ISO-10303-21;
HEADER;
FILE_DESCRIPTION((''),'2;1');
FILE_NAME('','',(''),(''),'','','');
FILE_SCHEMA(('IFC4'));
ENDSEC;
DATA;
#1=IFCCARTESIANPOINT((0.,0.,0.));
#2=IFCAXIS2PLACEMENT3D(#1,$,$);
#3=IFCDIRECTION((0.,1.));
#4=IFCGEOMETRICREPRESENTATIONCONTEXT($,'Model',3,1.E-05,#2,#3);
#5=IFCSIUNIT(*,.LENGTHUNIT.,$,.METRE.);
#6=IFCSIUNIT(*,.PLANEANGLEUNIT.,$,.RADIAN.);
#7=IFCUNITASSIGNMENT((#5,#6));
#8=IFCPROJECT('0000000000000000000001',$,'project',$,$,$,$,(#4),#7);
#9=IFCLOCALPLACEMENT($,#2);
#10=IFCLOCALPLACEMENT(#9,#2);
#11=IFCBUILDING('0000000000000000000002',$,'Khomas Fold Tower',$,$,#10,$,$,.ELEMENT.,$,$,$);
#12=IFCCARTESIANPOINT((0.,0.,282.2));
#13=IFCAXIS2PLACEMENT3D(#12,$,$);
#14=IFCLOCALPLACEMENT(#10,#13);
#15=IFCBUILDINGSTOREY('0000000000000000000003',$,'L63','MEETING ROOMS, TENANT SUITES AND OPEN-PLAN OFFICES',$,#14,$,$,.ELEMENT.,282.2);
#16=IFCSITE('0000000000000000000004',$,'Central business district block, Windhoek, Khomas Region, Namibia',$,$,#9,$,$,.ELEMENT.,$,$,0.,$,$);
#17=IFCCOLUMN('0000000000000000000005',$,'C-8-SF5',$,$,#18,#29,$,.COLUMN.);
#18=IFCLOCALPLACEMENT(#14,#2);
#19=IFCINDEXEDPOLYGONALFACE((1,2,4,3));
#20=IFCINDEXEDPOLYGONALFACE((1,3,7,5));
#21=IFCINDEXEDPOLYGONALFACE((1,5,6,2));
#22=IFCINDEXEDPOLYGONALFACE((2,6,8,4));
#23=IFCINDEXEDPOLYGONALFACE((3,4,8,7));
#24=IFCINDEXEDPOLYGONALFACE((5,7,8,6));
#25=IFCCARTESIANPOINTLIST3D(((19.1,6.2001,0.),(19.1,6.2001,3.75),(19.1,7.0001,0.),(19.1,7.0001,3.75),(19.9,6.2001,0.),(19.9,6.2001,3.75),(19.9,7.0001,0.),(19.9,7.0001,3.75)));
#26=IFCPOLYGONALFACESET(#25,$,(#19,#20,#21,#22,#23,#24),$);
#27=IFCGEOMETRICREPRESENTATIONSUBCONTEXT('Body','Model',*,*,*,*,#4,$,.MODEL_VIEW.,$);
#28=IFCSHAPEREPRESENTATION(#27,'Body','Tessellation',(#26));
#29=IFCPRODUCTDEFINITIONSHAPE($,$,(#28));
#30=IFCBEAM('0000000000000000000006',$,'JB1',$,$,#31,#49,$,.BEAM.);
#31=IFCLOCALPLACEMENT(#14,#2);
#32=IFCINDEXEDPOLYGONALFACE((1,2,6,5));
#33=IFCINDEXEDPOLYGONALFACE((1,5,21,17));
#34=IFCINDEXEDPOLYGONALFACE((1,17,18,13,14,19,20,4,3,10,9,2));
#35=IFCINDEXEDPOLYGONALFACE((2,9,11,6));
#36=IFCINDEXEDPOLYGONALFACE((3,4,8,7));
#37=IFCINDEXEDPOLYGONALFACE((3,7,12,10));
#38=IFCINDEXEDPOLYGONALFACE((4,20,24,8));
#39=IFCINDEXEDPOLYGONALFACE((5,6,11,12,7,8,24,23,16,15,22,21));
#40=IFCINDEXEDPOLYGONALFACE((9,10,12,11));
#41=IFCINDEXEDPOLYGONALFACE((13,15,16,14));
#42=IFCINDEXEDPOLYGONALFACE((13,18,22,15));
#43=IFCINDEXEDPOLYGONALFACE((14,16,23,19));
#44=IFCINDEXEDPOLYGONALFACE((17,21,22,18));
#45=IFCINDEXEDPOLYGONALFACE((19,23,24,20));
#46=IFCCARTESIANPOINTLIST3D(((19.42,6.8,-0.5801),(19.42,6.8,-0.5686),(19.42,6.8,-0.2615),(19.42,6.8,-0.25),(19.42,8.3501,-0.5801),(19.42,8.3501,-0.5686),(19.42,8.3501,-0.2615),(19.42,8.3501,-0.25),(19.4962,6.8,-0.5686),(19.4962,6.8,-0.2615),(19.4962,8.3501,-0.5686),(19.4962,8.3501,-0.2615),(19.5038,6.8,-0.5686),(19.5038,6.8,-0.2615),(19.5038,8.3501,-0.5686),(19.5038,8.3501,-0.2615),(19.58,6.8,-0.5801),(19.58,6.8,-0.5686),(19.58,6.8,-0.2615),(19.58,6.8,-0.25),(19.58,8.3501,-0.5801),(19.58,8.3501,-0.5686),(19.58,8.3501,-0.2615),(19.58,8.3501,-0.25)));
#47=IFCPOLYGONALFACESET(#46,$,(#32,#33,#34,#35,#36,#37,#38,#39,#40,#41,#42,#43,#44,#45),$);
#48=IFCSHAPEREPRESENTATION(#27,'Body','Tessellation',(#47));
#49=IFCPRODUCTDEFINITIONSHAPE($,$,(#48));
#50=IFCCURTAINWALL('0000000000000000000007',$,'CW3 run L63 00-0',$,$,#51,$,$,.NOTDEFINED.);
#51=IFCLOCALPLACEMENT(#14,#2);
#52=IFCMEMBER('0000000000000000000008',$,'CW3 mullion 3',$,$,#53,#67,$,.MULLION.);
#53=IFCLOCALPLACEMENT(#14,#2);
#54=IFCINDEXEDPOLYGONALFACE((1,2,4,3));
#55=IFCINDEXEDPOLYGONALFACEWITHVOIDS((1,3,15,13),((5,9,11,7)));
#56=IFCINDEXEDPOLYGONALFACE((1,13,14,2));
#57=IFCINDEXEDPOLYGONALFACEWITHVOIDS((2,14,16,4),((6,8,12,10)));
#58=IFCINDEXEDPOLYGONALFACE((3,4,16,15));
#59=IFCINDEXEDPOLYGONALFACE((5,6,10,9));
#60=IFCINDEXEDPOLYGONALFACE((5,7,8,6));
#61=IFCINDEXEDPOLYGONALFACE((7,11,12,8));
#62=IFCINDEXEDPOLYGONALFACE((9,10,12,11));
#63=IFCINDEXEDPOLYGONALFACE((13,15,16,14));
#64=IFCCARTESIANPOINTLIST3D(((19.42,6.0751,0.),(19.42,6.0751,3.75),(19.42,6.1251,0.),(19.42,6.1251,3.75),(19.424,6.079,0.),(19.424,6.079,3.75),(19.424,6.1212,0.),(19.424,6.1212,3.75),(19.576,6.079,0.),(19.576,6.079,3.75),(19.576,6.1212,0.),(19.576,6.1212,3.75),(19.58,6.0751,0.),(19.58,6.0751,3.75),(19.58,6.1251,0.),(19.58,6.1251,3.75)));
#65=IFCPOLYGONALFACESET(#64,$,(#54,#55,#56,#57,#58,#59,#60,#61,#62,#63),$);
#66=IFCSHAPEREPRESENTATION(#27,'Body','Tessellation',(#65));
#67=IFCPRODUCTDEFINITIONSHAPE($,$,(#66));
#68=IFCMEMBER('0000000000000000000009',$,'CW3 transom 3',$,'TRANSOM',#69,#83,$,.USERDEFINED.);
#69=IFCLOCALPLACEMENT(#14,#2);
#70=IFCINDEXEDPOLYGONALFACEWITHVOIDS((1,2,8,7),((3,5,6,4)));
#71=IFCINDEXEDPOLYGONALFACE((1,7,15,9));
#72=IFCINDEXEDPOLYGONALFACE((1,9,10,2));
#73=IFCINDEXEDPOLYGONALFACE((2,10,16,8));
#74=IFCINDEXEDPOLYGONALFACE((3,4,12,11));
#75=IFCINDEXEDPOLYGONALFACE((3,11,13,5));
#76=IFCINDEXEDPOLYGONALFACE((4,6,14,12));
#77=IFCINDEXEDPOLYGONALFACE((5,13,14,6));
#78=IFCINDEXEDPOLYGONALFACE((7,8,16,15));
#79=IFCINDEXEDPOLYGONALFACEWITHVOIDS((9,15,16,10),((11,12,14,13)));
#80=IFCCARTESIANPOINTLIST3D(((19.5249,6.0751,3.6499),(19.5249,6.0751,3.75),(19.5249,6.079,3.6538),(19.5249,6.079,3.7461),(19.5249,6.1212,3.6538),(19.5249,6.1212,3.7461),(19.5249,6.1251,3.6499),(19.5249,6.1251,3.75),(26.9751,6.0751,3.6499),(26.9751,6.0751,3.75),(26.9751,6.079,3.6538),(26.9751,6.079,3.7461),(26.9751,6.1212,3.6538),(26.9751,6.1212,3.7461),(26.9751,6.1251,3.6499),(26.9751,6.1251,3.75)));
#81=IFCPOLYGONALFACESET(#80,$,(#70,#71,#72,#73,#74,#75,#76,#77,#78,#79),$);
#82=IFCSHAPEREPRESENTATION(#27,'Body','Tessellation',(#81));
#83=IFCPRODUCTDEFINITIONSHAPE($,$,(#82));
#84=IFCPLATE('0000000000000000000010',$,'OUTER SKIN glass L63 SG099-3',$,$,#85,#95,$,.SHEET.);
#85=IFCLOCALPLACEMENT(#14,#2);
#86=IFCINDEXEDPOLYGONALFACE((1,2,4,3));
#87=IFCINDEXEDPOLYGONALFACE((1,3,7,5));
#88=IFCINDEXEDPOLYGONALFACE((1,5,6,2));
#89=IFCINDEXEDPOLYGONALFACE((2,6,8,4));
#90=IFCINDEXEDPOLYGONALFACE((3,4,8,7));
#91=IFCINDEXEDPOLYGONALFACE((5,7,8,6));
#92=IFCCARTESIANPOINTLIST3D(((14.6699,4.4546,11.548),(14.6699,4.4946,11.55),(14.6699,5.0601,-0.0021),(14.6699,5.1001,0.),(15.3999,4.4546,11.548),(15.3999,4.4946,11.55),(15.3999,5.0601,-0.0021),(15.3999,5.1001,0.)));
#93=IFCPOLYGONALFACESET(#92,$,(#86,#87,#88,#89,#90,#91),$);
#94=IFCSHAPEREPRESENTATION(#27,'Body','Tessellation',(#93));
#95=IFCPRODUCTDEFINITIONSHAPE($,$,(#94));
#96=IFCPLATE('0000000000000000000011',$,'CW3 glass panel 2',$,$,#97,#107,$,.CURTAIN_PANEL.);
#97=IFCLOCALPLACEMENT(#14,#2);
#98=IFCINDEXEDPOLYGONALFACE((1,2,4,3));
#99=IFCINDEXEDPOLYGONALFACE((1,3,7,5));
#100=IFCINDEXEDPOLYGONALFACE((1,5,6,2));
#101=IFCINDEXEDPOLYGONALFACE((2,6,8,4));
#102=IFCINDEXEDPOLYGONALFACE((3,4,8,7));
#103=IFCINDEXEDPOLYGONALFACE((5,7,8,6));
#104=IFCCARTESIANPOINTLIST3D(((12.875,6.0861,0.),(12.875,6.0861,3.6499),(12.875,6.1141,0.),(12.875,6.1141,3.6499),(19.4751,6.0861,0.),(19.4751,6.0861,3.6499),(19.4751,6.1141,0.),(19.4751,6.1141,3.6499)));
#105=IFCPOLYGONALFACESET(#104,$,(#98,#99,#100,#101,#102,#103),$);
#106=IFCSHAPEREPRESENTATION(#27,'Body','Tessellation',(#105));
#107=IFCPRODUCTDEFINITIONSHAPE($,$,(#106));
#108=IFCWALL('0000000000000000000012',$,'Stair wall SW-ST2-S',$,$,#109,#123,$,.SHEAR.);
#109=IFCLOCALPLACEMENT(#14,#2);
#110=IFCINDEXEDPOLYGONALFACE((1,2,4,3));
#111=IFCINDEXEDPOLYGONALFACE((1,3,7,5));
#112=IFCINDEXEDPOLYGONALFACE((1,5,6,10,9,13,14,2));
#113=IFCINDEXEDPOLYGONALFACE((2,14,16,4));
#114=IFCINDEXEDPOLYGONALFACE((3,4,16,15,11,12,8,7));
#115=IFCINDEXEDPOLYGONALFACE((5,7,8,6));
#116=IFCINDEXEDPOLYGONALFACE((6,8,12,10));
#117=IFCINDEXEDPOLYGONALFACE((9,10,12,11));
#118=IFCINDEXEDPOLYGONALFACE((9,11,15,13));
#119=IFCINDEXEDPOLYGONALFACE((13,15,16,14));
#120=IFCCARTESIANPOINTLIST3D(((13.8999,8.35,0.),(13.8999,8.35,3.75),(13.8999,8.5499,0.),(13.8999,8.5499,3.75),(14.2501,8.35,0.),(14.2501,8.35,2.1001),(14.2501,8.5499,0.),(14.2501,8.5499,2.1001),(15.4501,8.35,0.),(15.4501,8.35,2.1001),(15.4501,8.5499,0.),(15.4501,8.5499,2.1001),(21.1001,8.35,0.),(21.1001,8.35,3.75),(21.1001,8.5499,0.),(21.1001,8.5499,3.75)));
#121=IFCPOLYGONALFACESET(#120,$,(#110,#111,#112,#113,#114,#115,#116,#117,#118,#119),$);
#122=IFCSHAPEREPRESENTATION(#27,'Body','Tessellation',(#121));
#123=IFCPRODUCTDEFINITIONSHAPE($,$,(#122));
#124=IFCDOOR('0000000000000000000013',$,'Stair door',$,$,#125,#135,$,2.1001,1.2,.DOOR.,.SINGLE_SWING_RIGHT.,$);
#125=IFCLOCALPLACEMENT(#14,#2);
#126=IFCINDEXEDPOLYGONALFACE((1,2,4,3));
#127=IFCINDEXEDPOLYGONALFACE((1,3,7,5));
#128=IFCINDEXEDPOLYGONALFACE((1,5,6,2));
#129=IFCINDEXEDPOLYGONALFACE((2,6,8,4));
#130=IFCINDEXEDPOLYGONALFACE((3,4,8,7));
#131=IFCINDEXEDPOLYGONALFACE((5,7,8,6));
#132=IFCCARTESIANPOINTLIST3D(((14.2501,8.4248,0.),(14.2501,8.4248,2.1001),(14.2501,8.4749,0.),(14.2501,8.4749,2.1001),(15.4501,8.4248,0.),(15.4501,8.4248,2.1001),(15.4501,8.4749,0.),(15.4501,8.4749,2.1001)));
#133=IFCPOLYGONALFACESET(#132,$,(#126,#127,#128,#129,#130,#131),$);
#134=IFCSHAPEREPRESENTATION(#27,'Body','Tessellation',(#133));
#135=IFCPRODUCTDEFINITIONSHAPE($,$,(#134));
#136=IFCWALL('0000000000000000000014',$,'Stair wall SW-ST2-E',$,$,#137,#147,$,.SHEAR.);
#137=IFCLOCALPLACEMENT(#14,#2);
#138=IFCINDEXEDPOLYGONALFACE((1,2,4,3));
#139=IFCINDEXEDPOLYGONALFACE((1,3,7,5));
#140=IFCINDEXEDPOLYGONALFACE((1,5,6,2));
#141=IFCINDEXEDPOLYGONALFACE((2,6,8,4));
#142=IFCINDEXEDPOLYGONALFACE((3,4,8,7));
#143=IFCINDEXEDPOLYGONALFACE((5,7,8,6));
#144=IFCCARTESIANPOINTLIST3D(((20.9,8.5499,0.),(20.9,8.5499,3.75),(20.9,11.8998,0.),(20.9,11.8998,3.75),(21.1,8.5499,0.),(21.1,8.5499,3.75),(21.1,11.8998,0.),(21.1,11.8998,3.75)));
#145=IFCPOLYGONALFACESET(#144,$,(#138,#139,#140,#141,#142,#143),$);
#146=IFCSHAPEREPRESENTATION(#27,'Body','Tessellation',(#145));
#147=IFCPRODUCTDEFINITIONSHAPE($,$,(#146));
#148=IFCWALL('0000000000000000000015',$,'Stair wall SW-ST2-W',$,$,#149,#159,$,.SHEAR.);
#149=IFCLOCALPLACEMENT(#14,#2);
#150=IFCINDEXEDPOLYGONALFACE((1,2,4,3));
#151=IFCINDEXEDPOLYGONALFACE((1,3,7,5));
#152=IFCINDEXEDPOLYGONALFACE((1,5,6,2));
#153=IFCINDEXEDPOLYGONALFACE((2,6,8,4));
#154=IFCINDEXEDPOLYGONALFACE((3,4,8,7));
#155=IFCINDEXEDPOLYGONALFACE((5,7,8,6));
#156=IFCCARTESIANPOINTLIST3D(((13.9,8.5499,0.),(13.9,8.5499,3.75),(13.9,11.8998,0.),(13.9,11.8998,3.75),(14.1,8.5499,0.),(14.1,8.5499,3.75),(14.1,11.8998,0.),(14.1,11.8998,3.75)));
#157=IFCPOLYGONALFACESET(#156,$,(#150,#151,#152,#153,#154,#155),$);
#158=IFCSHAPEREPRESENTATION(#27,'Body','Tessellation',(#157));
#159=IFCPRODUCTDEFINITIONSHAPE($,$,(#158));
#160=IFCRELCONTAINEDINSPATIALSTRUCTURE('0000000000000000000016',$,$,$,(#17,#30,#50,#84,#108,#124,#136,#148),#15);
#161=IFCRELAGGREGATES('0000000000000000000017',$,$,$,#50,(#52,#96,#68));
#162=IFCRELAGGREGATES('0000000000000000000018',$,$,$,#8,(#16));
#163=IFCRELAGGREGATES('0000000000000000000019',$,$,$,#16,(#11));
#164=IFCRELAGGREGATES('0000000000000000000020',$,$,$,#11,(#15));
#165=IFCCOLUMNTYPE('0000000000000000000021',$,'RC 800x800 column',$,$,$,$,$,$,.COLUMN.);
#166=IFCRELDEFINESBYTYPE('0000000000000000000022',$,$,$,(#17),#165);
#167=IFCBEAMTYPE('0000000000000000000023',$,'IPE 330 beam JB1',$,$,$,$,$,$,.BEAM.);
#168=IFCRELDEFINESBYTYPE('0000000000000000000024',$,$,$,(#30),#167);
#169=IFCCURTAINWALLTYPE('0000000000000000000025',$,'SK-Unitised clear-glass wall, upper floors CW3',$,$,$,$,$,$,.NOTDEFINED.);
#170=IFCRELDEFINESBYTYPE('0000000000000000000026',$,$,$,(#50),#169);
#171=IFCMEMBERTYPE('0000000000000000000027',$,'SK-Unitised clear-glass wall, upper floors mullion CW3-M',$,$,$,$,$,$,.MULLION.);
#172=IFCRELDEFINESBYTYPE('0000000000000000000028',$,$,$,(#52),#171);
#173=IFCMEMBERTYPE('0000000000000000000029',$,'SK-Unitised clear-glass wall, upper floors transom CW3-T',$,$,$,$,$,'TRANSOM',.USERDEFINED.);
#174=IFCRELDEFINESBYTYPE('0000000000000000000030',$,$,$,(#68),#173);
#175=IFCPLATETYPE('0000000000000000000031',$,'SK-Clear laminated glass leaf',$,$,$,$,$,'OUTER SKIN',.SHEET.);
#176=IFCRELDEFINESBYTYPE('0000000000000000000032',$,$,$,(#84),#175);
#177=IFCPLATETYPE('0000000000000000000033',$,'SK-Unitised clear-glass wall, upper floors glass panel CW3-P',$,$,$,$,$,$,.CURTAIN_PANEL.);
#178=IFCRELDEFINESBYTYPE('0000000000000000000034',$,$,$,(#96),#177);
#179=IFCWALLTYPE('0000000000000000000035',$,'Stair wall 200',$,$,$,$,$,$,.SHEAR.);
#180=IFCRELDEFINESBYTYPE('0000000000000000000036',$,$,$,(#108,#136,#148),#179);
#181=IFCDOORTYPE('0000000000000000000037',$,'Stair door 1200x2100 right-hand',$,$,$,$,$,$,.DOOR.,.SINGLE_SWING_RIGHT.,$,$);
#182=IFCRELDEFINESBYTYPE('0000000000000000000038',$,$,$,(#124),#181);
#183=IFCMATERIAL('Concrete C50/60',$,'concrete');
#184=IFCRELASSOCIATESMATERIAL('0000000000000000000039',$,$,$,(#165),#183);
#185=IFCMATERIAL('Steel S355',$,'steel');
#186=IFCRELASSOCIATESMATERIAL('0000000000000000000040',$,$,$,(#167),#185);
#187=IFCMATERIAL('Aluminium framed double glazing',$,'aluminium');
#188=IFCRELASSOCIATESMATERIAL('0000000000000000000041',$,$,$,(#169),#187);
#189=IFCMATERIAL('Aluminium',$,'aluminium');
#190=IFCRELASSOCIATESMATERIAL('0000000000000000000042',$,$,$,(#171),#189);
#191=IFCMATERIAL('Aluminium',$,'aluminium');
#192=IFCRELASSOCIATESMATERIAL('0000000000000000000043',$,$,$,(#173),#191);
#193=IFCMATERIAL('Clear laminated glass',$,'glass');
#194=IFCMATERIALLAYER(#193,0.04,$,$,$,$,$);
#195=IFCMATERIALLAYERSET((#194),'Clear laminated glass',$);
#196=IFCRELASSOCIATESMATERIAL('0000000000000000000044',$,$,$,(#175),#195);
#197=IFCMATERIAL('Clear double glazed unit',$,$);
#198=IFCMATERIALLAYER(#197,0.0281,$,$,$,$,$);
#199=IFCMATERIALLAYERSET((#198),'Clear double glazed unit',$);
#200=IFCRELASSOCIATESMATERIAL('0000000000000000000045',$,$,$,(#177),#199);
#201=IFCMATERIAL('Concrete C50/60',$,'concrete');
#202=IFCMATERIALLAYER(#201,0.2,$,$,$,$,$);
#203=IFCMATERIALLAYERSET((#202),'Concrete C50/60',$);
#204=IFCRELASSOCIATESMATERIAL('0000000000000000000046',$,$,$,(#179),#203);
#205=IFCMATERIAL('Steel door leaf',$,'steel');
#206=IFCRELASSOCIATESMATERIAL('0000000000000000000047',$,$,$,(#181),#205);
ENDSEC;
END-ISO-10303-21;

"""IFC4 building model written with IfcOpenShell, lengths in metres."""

from ifc_helpers import new_model, si_unit, direction, frame, frame_2d, origin, origin_2d, place, context, subcontext, project, spatial, polyline, rectangle, hollow_rectangle, i_section, outline, extrude, source, transform, mapped, material, layer, layer_set, material_profile, profile_set, type_object, element, fill, aggregate, save


model = new_model("IFC4")

# Units and contexts
model_context = context("Model", 3, precision=1e-05, world=origin(), true_north=direction((0.0, 1.0)))
body_context = subcontext(model_context, "Body", "Model", "MODEL_VIEW")
ifc_project = project(units=[si_unit("LENGTHUNIT", "METRE"), si_unit("PLANEANGLEUNIT", "RADIAN")], contexts=[model_context])

# Site, building, storey
site_placement = place(None, origin())
site = spatial("IfcSite", under=ifc_project, at=site_placement, Name="Central business district block, Windhoek, Khomas Region, Namibia", CompositionType="ELEMENT", RefElevation=0.0)
building_placement = place(site_placement, origin())
building = spatial("IfcBuilding", under=site, at=building_placement, Name="Khomas Fold Tower", CompositionType="ELEMENT")
storey_placement = place(building_placement, frame((0.0, 0.0, 282.2)))
storey = spatial("IfcBuildingStorey", under=building, at=storey_placement, Name="L63", Description="MEETING ROOMS, TENANT SUITES AND OPEN-PLAN OFFICES", CompositionType="ELEMENT", Elevation=282.2)

# Column
ifc_material_1 = material(Name="Concrete C50/60", Category="concrete")
ifc_material_profile_1 = material_profile(ifc_material_1, rectangle(XDim=0.8, YDim=0.8, at=origin_2d()), Name="RC 800x800")
ifc_profile_set_1 = profile_set([ifc_material_profile_1], Name="Concrete C50/60")
column_type = type_object("IfcColumnType", Name="RC 800x800 column", PredefinedType="COLUMN", material=ifc_profile_set_1)
shared_shape_1 = source(origin(), body_context, "Body", "SweptSolid", [
    extrude(rectangle(XDim=0.8, YDim=0.8, at=origin_2d()), origin(), (0.0, 0.0, 1.0), 3.75),
])
column_placement = place(storey_placement, frame((19.5, 6.6001, 0.0), z_axis=(0.0, 0.0, 1.0), x_axis=(1.0, 0.0, 0.0)))
element("IfcColumn", 1, at=column_placement, inside=storey, type_object=column_type, Name="C-8-SF5", PredefinedType="COLUMN", context=body_context, shape_type="MappedRepresentation", body=[
    mapped(shared_shape_1, transform((0.0, 0.0, 0.0))),
])

# Beam
ifc_material_2 = material(Name="Steel S355", Category="steel")
ifc_material_profile_2 = material_profile(ifc_material_2, i_section(OverallWidth=0.1599, OverallDepth=0.3301, WebThickness=0.0076, FlangeThickness=0.0115, at=origin_2d()), Name="IPE 330")
ifc_profile_set_2 = profile_set([ifc_material_profile_2], Name="Steel S355")
beam_type = type_object("IfcBeamType", Name="IPE 330 beam JB1", PredefinedType="BEAM", material=ifc_profile_set_2)
shared_shape_2 = source(origin(), body_context, "Body", "SweptSolid", [
    extrude(i_section(OverallWidth=0.1599, OverallDepth=0.3301, WebThickness=0.0076, FlangeThickness=0.0115, at=origin_2d()), origin(), (0.0, 0.0, 1.0), 1.55),
])
beam_placement = place(storey_placement, frame((19.5, 6.8, -0.415), z_axis=(0.0, 1.0, 0.0), x_axis=(-1.0, 0.0, 0.0)))
element("IfcBeam", 2, at=beam_placement, inside=storey, type_object=beam_type, Name="JB1", PredefinedType="BEAM", context=body_context, shape_type="MappedRepresentation", body=[
    mapped(shared_shape_2, transform((0.0, 0.0, 0.0))),
])

# Curtain wall, members
ifc_material_3 = material(Name="Aluminium framed double glazing", Category="aluminium")
curtain_wall_type = type_object("IfcCurtainWallType", Name="SK-Unitised clear-glass wall, upper floors CW3", PredefinedType="NOTDEFINED", material=ifc_material_3)
curtain_wall_placement = place(storey_placement, origin())
curtain_wall = element("IfcCurtainWall", 3, at=curtain_wall_placement, inside=storey, type_object=curtain_wall_type, Name="CW3 run L63 00-0", PredefinedType="NOTDEFINED")
ifc_material_4 = material(Name="Aluminium", Category="aluminium")
ifc_material_profile_3 = material_profile(ifc_material_4, hollow_rectangle(XDim=0.05, YDim=0.1599, WallThickness=0.0039, at=origin_2d()), Name="SK-Unitised clear-glass wall, upper floors mullion CW3-M")
ifc_profile_set_3 = profile_set([ifc_material_profile_3], Name="Aluminium")
member_type_1 = type_object("IfcMemberType", Name="SK-Unitised clear-glass wall, upper floors mullion CW3-M", PredefinedType="MULLION", material=ifc_profile_set_3)
shared_shape_3 = source(origin(), body_context, "Body", "SweptSolid", [
    extrude(hollow_rectangle(XDim=0.05, YDim=0.1599, WallThickness=0.0039, at=origin_2d()), origin(), (0.0, 0.0, 1.0), 3.75),
])
member_1_placement = place(storey_placement, frame((19.5, 6.1001, 0.0), z_axis=(0.0, 0.0, 1.0), x_axis=(0.0, 1.0, 0.0)))
member_1 = element("IfcMember", 4, at=member_1_placement, type_object=member_type_1, Name="CW3 mullion 3", PredefinedType="MULLION", context=body_context, shape_type="MappedRepresentation", body=[
    mapped(shared_shape_3, transform((0.0, 0.0, 0.0))),
])
ifc_material_5 = material(Name="Aluminium", Category="aluminium")
ifc_material_profile_4 = material_profile(ifc_material_5, hollow_rectangle(XDim=0.05, YDim=0.1001, WallThickness=0.0039, at=origin_2d()), Name="SK-Unitised clear-glass wall, upper floors transom CW3-T")
ifc_profile_set_4 = profile_set([ifc_material_profile_4], Name="Aluminium")
member_type_2 = type_object("IfcMemberType", Name="SK-Unitised clear-glass wall, upper floors transom CW3-T", ElementType="TRANSOM", PredefinedType="USERDEFINED", material=ifc_profile_set_4)
shared_shape_4 = source(origin(), body_context, "Body", "SweptSolid", [
    extrude(hollow_rectangle(XDim=0.05, YDim=0.1001, WallThickness=0.0039, at=origin_2d()), origin(), (0.0, 0.0, 1.0), 7.4502),
])
member_2_placement = place(storey_placement, frame((19.5249, 6.1001, 3.7), z_axis=(1.0, 0.0, 0.0), x_axis=(0.0, 1.0, 0.0)))
member_2 = element("IfcMember", 5, at=member_2_placement, type_object=member_type_2, Name="CW3 transom 3", ObjectType="TRANSOM", PredefinedType="USERDEFINED", context=body_context, shape_type="MappedRepresentation", body=[
    mapped(shared_shape_4, transform((0.0, 0.0, 0.0))),
])

# Plates
ifc_material_6 = material(Name="Clear laminated glass", Category="glass")
ifc_layer_1 = layer(ifc_material_6, 0.04)
ifc_layer_set_1 = layer_set([ifc_layer_1], Name="Clear laminated glass")
plate_type_1 = type_object("IfcPlateType", Name="SK-Clear laminated glass leaf", ElementType="OUTER SKIN", PredefinedType="SHEET", material=ifc_layer_set_1)
plate_1_placement = place(storey_placement, frame((15.3999, 5.1001, 0.0), z_axis=(0.0, 0.998629, 0.052349), x_axis=(-1.0, 0.0, 0.0)))
element("IfcPlate", 6, at=plate_1_placement, inside=storey, type_object=plate_type_1, Name="OUTER SKIN glass L63 SG099-3", PredefinedType="SHEET", context=body_context, shape_type="SweptSolid", body=[
    extrude(outline(polyline([(0.0, 0.0), (0.73, 0.0), (0.73, 11.5659), (0.0, 11.5659), (0.0, 0.0)])), origin(), (0.0, 0.0, -1.0), 0.04),
])
ifc_material_7 = material(Name="Clear double glazed unit")
ifc_layer_2 = layer(ifc_material_7, 0.0281)
ifc_layer_set_2 = layer_set([ifc_layer_2], Name="Clear double glazed unit")
plate_type_2 = type_object("IfcPlateType", Name="SK-Unitised clear-glass wall, upper floors glass panel CW3-P", PredefinedType="CURTAIN_PANEL", material=ifc_layer_set_2)
shared_shape_5 = source(origin(), body_context, "Body", "SweptSolid", [
    extrude(rectangle(XDim=6.6001, YDim=0.0281, at=origin_2d()), origin(), (0.0, 0.0, 1.0), 3.6499),
])
plate_2_placement = place(storey_placement, frame((16.175, 6.1001, 0.0), z_axis=(0.0, 0.0, 1.0), x_axis=(1.0, 0.0, 0.0)))
plate_2 = element("IfcPlate", 7, at=plate_2_placement, type_object=plate_type_2, Name="CW3 glass panel 2", PredefinedType="CURTAIN_PANEL", context=body_context, shape_type="MappedRepresentation", body=[
    mapped(shared_shape_5, transform((0.0, 0.0, 0.0))),
])
aggregate(curtain_wall, [member_1, plate_2, member_2])

# Wall, opening, door
ifc_material_8 = material(Name="Concrete C50/60", Category="concrete")
ifc_layer_3 = layer(ifc_material_8, 0.2)
ifc_layer_set_3 = layer_set([ifc_layer_3], Name="Concrete C50/60")
wall_type = type_object("IfcWallType", Name="Stair wall 200", PredefinedType="SHEAR", material=ifc_layer_set_3)
shared_shape_6 = source(origin(), body_context, "Body", "SweptSolid", [
    extrude(rectangle(XDim=7.2002, YDim=0.2, at=frame_2d((3.6001, 0.0))), origin(), (0.0, 0.0, 1.0), 3.75),
])
wall_placement = place(storey_placement, frame((13.8999, 8.45, 0.0), z_axis=(0.0, 0.0, 1.0), x_axis=(1.0, 0.0, 0.0)))
wall = element("IfcWall", 8, at=wall_placement, inside=storey, type_object=wall_type, Name="Stair wall SW-ST2-S", PredefinedType="SHEAR", context=body_context, shape_type="MappedRepresentation", body=[
    mapped(shared_shape_6, transform((0.0, 0.0, 0.0))),
])
shared_shape_7 = source(origin(), body_context, "Body", "SweptSolid", [
    extrude(rectangle(XDim=1.2, YDim=2.1001, at=frame_2d((0.6001, 1.05))), frame((0.0, 0.1099, 0.0), z_axis=(0.0, -1.0, 0.0), x_axis=(1.0, 0.0, 0.0)), (0.0, 0.0, 1.0), 0.22),
])
opening_placement = place(wall_placement, frame((0.3501, 0.0, 0.0)))
opening = element("IfcOpeningElement", 9, at=opening_placement, cuts=wall, PredefinedType="OPENING", context=body_context, shape_type="MappedRepresentation", body=[
    mapped(shared_shape_7, transform((0.0, 0.0, 0.0))),
])
ifc_material_9 = material(Name="Steel door leaf", Category="steel")
door_type = type_object("IfcDoorType", Name="Stair door 1200x2100 right-hand", OperationType="SINGLE_SWING_RIGHT", PredefinedType="DOOR", material=ifc_material_9)
shared_shape_8 = source(origin(), body_context, "Body", "SweptSolid", [
    extrude(rectangle(XDim=1.2, YDim=2.1001, at=frame_2d((0.6001, 1.05))), frame((0.0, 0.0249, 0.0), z_axis=(0.0, -1.0, 0.0), x_axis=(1.0, 0.0, 0.0)), (0.0, 0.0, 1.0), 0.05),
])
door_placement = place(opening_placement, origin())
door = element("IfcDoor", 10, at=door_placement, inside=storey, type_object=door_type, Name="Stair door", OperationType="SINGLE_SWING_RIGHT", OverallHeight=2.1001, OverallWidth=1.2, PredefinedType="DOOR", context=body_context, shape_type="MappedRepresentation", body=[
    mapped(shared_shape_8, transform((0.0, 0.0, 0.0))),
])
fill(opening, door)

# Walls
shared_shape_9 = source(origin(), body_context, "Body", "SweptSolid", [
    extrude(rectangle(XDim=3.3499, YDim=0.2, at=frame_2d((1.6748, 0.0))), origin(), (0.0, 0.0, 1.0), 3.75),
])
for number, where, z_axis, x_axis, name in (
    (11, (21.0, 8.55, 0.0), (0.0, 0.0, 1.0), (0.0, 1.0, 0.0), "Stair wall SW-ST2-E"),
    (12, (14.0, 8.55, 0.0), (0.0, 0.0, 1.0), (0.0, 1.0, 0.0), "Stair wall SW-ST2-W"),
):
    element("IfcWall", number, at=place(storey_placement, frame(where, z_axis=z_axis, x_axis=x_axis)), inside=storey, type_object=wall_type, Name=name, PredefinedType="SHEAR", context=body_context, shape_type="MappedRepresentation", body=[
        mapped(shared_shape_9, transform((0.0, 0.0, 0.0))),
    ])

save(model, "model.ifc")
